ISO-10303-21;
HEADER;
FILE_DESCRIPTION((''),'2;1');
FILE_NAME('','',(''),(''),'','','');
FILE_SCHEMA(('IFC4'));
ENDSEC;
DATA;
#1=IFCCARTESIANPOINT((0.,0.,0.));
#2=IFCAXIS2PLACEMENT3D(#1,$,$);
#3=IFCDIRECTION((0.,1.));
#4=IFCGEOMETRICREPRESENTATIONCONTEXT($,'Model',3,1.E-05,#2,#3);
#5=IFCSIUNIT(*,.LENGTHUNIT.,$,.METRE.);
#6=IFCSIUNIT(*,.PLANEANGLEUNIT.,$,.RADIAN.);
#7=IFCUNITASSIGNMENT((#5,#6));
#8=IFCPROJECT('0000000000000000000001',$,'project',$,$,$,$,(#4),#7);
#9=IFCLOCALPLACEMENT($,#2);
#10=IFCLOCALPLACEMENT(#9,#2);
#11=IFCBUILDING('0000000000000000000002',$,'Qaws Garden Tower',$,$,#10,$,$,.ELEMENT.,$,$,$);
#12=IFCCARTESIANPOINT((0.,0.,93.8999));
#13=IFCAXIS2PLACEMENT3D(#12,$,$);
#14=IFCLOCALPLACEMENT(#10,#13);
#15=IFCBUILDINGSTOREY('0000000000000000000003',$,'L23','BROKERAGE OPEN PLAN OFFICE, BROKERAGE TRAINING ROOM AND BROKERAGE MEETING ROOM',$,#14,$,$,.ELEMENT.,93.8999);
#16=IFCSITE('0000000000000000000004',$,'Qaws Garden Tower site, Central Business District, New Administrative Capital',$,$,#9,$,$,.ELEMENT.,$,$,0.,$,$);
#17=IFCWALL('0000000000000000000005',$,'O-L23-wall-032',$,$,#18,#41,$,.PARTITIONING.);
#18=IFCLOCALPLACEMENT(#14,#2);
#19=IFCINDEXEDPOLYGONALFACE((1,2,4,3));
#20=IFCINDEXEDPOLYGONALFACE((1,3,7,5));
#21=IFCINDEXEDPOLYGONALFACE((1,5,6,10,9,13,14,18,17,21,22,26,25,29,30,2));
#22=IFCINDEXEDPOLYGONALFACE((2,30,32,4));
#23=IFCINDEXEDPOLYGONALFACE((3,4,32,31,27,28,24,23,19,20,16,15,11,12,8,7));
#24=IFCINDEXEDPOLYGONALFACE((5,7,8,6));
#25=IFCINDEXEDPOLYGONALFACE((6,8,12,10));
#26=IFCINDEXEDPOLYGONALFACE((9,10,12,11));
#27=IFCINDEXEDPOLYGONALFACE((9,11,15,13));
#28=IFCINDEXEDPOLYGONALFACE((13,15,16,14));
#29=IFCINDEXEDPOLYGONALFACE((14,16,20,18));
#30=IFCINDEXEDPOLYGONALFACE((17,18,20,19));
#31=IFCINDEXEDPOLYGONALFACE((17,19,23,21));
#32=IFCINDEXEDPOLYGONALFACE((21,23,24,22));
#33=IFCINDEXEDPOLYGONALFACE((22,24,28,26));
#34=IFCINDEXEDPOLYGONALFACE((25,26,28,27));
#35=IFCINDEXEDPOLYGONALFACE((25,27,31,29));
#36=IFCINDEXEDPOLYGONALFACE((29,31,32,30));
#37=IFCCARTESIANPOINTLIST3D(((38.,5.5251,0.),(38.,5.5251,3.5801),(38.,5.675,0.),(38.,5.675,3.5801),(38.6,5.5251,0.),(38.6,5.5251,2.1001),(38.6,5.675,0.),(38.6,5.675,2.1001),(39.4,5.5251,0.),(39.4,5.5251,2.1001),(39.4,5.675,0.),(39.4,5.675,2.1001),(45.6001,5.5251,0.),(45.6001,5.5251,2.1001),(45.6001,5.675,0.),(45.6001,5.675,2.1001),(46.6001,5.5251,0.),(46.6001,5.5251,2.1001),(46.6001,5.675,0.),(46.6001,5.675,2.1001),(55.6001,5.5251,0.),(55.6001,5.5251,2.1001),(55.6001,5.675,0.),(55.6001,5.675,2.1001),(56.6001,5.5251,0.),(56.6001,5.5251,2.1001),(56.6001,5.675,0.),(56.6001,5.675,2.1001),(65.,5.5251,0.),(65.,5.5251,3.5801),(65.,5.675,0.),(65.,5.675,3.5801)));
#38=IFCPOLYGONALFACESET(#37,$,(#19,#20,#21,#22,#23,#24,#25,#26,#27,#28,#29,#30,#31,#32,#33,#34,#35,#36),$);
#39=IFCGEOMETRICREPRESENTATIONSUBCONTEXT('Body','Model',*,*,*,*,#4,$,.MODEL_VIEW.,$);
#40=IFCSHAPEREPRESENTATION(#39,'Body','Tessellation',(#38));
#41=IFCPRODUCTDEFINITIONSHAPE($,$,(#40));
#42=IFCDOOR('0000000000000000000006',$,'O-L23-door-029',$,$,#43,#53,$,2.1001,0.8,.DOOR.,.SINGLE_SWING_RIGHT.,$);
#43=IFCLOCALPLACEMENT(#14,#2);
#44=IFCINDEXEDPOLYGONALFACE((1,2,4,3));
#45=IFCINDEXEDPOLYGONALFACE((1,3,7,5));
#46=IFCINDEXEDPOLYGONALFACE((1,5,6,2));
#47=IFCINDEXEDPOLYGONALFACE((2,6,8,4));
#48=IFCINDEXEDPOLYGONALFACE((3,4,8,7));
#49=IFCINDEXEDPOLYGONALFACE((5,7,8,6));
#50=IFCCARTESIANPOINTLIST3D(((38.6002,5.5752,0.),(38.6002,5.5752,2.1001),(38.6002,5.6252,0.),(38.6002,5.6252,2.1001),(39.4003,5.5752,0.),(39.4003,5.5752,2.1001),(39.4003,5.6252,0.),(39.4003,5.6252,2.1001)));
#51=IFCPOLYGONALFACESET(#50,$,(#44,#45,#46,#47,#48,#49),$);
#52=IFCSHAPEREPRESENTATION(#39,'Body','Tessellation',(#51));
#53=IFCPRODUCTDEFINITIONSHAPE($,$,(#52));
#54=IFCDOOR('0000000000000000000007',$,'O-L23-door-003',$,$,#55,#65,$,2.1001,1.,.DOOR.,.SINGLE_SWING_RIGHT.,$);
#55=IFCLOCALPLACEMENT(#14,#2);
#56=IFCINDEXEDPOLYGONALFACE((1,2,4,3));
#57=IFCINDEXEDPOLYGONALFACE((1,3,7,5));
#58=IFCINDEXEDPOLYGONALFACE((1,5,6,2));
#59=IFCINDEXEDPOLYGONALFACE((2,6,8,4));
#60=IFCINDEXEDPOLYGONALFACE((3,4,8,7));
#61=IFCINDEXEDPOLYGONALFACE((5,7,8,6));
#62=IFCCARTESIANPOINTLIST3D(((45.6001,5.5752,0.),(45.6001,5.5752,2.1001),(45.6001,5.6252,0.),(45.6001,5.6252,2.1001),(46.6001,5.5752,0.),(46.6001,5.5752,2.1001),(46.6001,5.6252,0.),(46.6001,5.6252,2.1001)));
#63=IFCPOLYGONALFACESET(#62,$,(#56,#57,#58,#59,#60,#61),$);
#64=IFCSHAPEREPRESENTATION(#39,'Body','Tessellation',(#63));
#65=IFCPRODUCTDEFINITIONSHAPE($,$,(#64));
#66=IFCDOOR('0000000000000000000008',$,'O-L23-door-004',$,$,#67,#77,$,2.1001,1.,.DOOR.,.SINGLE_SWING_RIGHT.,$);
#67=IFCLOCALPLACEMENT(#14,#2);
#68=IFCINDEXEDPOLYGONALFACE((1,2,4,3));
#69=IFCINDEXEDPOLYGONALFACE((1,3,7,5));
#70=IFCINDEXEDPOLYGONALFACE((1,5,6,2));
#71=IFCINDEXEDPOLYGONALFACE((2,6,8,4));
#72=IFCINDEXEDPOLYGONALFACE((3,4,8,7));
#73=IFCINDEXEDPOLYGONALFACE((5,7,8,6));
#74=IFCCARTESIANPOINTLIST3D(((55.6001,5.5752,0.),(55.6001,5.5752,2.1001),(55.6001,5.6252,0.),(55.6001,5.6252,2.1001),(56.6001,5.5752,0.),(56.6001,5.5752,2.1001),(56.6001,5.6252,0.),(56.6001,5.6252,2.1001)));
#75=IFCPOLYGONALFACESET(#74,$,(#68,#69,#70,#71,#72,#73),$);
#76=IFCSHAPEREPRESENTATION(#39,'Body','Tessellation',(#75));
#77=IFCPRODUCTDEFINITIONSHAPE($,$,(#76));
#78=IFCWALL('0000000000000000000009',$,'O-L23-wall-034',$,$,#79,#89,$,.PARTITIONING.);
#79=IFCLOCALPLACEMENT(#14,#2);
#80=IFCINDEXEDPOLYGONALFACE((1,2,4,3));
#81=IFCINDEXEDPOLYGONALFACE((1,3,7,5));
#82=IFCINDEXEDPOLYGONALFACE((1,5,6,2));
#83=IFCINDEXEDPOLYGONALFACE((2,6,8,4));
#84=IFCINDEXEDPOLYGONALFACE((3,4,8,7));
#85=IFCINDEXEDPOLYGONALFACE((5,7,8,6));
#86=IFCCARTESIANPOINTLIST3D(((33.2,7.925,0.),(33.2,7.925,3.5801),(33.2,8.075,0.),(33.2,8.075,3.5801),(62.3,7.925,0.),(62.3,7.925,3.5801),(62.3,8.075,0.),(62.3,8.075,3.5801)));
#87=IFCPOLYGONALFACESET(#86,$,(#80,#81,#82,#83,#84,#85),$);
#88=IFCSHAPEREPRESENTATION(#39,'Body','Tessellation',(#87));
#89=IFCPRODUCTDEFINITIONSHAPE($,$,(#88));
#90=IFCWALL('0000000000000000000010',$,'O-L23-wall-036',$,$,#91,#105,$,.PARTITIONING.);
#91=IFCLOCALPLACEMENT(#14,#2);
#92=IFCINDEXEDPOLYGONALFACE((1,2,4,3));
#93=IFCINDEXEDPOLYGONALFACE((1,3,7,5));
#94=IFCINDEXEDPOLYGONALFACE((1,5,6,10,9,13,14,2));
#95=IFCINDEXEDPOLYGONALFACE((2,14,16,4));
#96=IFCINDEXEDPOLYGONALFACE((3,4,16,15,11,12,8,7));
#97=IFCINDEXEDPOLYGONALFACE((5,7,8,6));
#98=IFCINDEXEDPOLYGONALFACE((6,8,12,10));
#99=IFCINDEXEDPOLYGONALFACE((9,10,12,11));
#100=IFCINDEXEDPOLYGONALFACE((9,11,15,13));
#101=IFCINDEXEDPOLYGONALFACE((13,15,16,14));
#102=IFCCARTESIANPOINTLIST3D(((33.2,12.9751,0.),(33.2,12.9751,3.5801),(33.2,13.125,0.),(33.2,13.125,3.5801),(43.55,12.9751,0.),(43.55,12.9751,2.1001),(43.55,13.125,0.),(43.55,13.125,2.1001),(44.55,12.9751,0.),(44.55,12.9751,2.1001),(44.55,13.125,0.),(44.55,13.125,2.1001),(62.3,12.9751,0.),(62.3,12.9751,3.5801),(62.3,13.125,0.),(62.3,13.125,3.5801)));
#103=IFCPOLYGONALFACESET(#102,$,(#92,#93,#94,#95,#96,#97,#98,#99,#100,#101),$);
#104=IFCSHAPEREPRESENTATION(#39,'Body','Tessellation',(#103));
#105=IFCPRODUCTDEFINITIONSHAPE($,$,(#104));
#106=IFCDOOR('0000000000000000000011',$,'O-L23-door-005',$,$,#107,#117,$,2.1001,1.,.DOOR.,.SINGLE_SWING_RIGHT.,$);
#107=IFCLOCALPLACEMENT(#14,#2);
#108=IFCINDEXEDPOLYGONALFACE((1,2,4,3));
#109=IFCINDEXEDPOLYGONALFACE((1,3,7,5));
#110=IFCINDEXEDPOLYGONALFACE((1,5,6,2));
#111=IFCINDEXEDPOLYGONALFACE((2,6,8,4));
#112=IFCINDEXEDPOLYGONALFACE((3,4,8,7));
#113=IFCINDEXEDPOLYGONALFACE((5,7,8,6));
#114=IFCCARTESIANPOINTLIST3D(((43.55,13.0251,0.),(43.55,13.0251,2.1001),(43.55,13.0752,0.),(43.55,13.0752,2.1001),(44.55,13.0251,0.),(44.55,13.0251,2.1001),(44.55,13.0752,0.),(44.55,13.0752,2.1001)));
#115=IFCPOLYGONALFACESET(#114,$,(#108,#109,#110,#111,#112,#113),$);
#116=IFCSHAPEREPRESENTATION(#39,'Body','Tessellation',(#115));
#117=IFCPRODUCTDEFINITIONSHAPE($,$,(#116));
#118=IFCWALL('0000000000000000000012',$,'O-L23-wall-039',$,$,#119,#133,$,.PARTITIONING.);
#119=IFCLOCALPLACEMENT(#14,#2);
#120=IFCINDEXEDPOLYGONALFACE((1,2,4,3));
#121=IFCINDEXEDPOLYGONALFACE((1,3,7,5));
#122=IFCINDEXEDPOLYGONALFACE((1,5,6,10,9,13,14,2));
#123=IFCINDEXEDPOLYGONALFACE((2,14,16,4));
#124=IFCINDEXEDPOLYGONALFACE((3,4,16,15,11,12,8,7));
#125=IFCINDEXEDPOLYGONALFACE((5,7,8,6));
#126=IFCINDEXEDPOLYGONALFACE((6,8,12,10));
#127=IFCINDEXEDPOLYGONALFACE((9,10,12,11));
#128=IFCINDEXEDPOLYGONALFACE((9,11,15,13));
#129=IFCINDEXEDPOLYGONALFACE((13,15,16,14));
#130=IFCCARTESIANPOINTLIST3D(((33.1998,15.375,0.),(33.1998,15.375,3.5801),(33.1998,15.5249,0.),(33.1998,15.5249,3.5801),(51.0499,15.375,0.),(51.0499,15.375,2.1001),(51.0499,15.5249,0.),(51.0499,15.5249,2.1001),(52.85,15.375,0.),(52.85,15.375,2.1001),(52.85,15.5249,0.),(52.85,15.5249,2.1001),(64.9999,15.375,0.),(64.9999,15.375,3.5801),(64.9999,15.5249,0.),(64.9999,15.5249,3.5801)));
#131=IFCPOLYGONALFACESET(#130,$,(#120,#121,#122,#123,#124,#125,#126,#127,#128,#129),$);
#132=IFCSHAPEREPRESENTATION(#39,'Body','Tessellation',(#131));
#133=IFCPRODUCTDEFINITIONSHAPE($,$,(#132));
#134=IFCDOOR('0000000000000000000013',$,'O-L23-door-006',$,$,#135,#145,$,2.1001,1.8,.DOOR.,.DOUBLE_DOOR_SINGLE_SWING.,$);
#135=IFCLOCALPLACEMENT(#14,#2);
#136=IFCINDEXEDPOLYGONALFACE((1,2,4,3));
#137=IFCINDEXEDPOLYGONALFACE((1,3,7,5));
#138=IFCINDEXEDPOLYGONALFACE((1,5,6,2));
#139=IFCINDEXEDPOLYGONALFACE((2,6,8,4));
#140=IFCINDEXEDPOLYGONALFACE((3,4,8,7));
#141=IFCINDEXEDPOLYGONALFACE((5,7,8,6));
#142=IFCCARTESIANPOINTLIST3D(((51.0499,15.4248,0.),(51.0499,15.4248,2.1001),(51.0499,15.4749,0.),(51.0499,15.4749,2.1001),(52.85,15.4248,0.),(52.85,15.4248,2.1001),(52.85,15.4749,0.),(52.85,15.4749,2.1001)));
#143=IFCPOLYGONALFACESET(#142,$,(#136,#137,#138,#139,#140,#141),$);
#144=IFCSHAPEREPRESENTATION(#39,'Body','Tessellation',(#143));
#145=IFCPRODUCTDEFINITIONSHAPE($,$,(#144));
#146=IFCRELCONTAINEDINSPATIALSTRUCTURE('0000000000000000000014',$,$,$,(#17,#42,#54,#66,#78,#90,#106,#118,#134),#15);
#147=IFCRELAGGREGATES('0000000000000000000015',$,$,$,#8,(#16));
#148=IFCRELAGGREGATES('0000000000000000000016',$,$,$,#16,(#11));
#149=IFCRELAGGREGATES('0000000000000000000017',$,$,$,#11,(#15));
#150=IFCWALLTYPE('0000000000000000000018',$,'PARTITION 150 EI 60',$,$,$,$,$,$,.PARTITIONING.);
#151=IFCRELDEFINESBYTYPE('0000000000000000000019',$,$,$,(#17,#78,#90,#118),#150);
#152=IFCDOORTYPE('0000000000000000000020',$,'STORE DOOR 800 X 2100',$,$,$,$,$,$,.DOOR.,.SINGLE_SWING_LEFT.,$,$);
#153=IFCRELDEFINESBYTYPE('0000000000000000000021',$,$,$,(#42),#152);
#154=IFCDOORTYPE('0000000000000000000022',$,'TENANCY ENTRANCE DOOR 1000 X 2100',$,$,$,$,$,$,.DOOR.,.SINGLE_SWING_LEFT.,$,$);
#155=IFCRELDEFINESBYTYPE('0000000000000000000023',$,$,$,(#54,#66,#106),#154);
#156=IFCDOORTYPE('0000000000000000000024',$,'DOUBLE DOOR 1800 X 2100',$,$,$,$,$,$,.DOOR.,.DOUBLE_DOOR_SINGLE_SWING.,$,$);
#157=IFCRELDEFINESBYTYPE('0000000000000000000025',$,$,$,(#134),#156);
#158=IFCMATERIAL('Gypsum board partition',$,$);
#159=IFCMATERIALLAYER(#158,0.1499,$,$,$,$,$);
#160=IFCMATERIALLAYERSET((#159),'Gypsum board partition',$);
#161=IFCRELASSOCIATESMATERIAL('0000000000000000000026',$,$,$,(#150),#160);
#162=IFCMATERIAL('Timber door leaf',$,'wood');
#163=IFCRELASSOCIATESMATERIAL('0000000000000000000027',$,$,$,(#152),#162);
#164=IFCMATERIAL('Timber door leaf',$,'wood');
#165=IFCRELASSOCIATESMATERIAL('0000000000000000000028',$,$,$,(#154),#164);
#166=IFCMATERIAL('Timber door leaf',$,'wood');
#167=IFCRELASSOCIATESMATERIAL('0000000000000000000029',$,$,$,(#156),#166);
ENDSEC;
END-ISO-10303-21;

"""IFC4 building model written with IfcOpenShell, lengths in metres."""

from ifc_helpers import new_model, si_unit, direction, frame, frame_2d, origin, place, context, subcontext, project, spatial, rectangle, extrude, material, layer, layer_set, type_object, element, fill, save


model = new_model("IFC4")

# Units and contexts
model_context = context("Model", 3, precision=1e-05, world=origin(), true_north=direction((0.0, 1.0)))
body_context = subcontext(model_context, "Body", "Model", "MODEL_VIEW")
ifc_project = project(units=[si_unit("LENGTHUNIT", "METRE"), si_unit("PLANEANGLEUNIT", "RADIAN")], contexts=[model_context])

# Site, building, storey
site_placement = place(None, origin())
site = spatial("IfcSite", under=ifc_project, at=site_placement, Name="Qaws Garden Tower site, Central Business District, New Administrative Capital", CompositionType="ELEMENT", RefElevation=0.0)
building_placement = place(site_placement, origin())
building = spatial("IfcBuilding", under=site, at=building_placement, Name="Qaws Garden Tower", CompositionType="ELEMENT")
storey_placement = place(building_placement, frame((0.0, 0.0, 93.8999)))
storey = spatial("IfcBuildingStorey", under=building, at=storey_placement, Name="L23", Description="BROKERAGE OPEN PLAN OFFICE, BROKERAGE TRAINING ROOM AND BROKERAGE MEETING ROOM", CompositionType="ELEMENT", Elevation=93.8999)

# Shared definitions
ifc_material_1 = material(Name="Gypsum board partition")
ifc_layer_1 = layer(ifc_material_1, 0.1499)
ifc_layer_set_1 = layer_set([ifc_layer_1], Name="Gypsum board partition")
wall_type_1 = type_object("IfcWallType", Name="PARTITION 150 EI 60", PredefinedType="PARTITIONING", material=ifc_layer_set_1)

# Wall, openings, doors
wall_1_placement = place(storey_placement, frame((38.0, 5.6001, 0.0), z_axis=(0.0, 0.0, 1.0), x_axis=(1.0, 0.0, 0.0)))
wall_1 = element("IfcWall", 1, at=wall_1_placement, inside=storey, type_object=wall_type_1, Name="O-L23-wall-032", PredefinedType="PARTITIONING", context=body_context, shape_type="SweptSolid", body=[
    extrude(rectangle(XDim=27.0, YDim=0.1499, at=frame_2d((13.5, 0.0))), origin(), (0.0, 0.0, 1.0), 3.5801),
])
opening_1_placement = place(wall_1_placement, frame((7.6001, 0.0, 0.0)))
opening_1 = element("IfcOpeningElement", 2, at=opening_1_placement, cuts=wall_1, PredefinedType="OPENING", context=body_context, shape_type="SweptSolid", body=[
    extrude(rectangle(XDim=1.0, YDim=2.1001, at=frame_2d((0.5, 1.05))), frame((0.0, 0.085, 0.0), z_axis=(0.0, -1.0, 0.0), x_axis=(1.0, 0.0, 0.0)), (0.0, 0.0, 1.0), 0.1699),
])
opening_2_placement = place(wall_1_placement, frame((17.6001, 0.0, 0.0)))
opening_2 = element("IfcOpeningElement", 3, at=opening_2_placement, cuts=wall_1, PredefinedType="OPENING", context=body_context, shape_type="SweptSolid", body=[
    extrude(rectangle(XDim=1.0, YDim=2.1001, at=frame_2d((0.5, 1.05))), frame((0.0, 0.085, 0.0), z_axis=(0.0, -1.0, 0.0), x_axis=(1.0, 0.0, 0.0)), (0.0, 0.0, 1.0), 0.1699),
])
opening_3_placement = place(wall_1_placement, frame((0.6001, 0.0, 0.0)))
opening_3 = element("IfcOpeningElement", 4, at=opening_3_placement, cuts=wall_1, PredefinedType="OPENING", context=body_context, shape_type="SweptSolid", body=[
    extrude(rectangle(XDim=0.8, YDim=2.1001, at=frame_2d((0.3999, 1.05))), frame((0.0, 0.085, 0.0), z_axis=(0.0, -1.0, 0.0), x_axis=(1.0, 0.0, 0.0)), (0.0, 0.0, 1.0), 0.1699),
])
ifc_material_2 = material(Name="Timber door leaf", Category="wood")
door_type_1 = type_object("IfcDoorType", Name="STORE DOOR 800 X 2100", OperationType="SINGLE_SWING_LEFT", PredefinedType="DOOR", material=ifc_material_2)
door_1_placement = place(opening_3_placement, frame((0.8, 0.0, 0.0), z_axis=(0.0, 0.0, 1.0), x_axis=(-1.0, 0.0, 0.0)))
door_1 = element("IfcDoor", 5, at=door_1_placement, inside=storey, type_object=door_type_1, Name="O-L23-door-029", OperationType="SINGLE_SWING_RIGHT", OverallHeight=2.1001, OverallWidth=0.8, PredefinedType="DOOR", context=body_context, shape_type="SweptSolid", body=[
    extrude(rectangle(XDim=0.8, YDim=2.1001, at=frame_2d((0.3999, 1.05))), frame((0.0, 0.0249, 0.0), z_axis=(0.0, -1.0, 0.0), x_axis=(1.0, 0.0, 0.0)), (0.0, 0.0, 1.0), 0.05),
])
fill(opening_3, door_1)
ifc_material_3 = material(Name="Timber door leaf", Category="wood")
door_type_2 = type_object("IfcDoorType", Name="TENANCY ENTRANCE DOOR 1000 X 2100", OperationType="SINGLE_SWING_LEFT", PredefinedType="DOOR", material=ifc_material_3)
door_2_placement = place(opening_1_placement, frame((1.0, 0.0, 0.0), z_axis=(0.0, 0.0, 1.0), x_axis=(-1.0, 0.0, 0.0)))
door_2 = element("IfcDoor", 6, at=door_2_placement, inside=storey, type_object=door_type_2, Name="O-L23-door-003", OperationType="SINGLE_SWING_RIGHT", OverallHeight=2.1001, OverallWidth=1.0, PredefinedType="DOOR", context=body_context, shape_type="SweptSolid", body=[
    extrude(rectangle(XDim=1.0, YDim=2.1001, at=frame_2d((0.5, 1.05))), frame((0.0, 0.0249, 0.0), z_axis=(0.0, -1.0, 0.0), x_axis=(1.0, 0.0, 0.0)), (0.0, 0.0, 1.0), 0.05),
])
fill(opening_1, door_2)
door_3_placement = place(opening_2_placement, frame((1.0, 0.0, 0.0), z_axis=(0.0, 0.0, 1.0), x_axis=(-1.0, 0.0, 0.0)))
door_3 = element("IfcDoor", 7, at=door_3_placement, inside=storey, type_object=door_type_2, Name="O-L23-door-004", OperationType="SINGLE_SWING_RIGHT", OverallHeight=2.1001, OverallWidth=1.0, PredefinedType="DOOR", context=body_context, shape_type="SweptSolid", body=[
    extrude(rectangle(XDim=1.0, YDim=2.1001, at=frame_2d((0.5, 1.05))), frame((0.0, 0.0249, 0.0), z_axis=(0.0, -1.0, 0.0), x_axis=(1.0, 0.0, 0.0)), (0.0, 0.0, 1.0), 0.05),
])
fill(opening_2, door_3)

# Wall
wall_2_placement = place(storey_placement, frame((33.2, 8.0, 0.0), z_axis=(0.0, 0.0, 1.0), x_axis=(1.0, 0.0, 0.0)))
element("IfcWall", 8, at=wall_2_placement, inside=storey, type_object=wall_type_1, Name="O-L23-wall-034", PredefinedType="PARTITIONING", context=body_context, shape_type="SweptSolid", body=[
    extrude(rectangle(XDim=29.1001, YDim=0.1499, at=frame_2d((14.55, 0.0))), origin(), (0.0, 0.0, 1.0), 3.5801),
])

# Walls, openings, doors
wall_3_placement = place(storey_placement, frame((33.2, 13.05, 0.0), z_axis=(0.0, 0.0, 1.0), x_axis=(1.0, 0.0, 0.0)))
wall_3 = element("IfcWall", 9, at=wall_3_placement, inside=storey, type_object=wall_type_1, Name="O-L23-wall-036", PredefinedType="PARTITIONING", context=body_context, shape_type="SweptSolid", body=[
    extrude(rectangle(XDim=29.1001, YDim=0.1499, at=frame_2d((14.55, 0.0))), origin(), (0.0, 0.0, 1.0), 3.5801),
])
opening_4_placement = place(wall_3_placement, frame((10.3501, 0.0, 0.0)))
opening_4 = element("IfcOpeningElement", 10, at=opening_4_placement, cuts=wall_3, PredefinedType="OPENING", context=body_context, shape_type="SweptSolid", body=[
    extrude(rectangle(XDim=1.0, YDim=2.1001, at=frame_2d((0.5, 1.05))), frame((0.0, 0.085, 0.0), z_axis=(0.0, -1.0, 0.0), x_axis=(1.0, 0.0, 0.0)), (0.0, 0.0, 1.0), 0.1699),
])
door_4_placement = place(opening_4_placement, frame((1.0, 0.0, 0.0), z_axis=(0.0, 0.0, 1.0), x_axis=(-1.0, 0.0, 0.0)))
door_4 = element("IfcDoor", 11, at=door_4_placement, inside=storey, type_object=door_type_2, Name="O-L23-door-005", OperationType="SINGLE_SWING_RIGHT", OverallHeight=2.1001, OverallWidth=1.0, PredefinedType="DOOR", context=body_context, shape_type="SweptSolid", body=[
    extrude(rectangle(XDim=1.0, YDim=2.1001, at=frame_2d((0.5, 1.05))), frame((0.0, 0.0249, 0.0), z_axis=(0.0, -1.0, 0.0), x_axis=(1.0, 0.0, 0.0)), (0.0, 0.0, 1.0), 0.05),
])
fill(opening_4, door_4)
wall_4_placement = place(storey_placement, frame((33.2, 15.45, 0.0), z_axis=(0.0, 0.0, 1.0), x_axis=(1.0, 0.0, 0.0)))
wall_4 = element("IfcWall", 12, at=wall_4_placement, inside=storey, type_object=wall_type_1, Name="O-L23-wall-039", PredefinedType="PARTITIONING", context=body_context, shape_type="SweptSolid", body=[
    extrude(rectangle(XDim=31.8, YDim=0.1499, at=frame_2d((15.8999, 0.0))), origin(), (0.0, 0.0, 1.0), 3.5801),
])
opening_5_placement = place(wall_4_placement, frame((17.8501, 0.0, 0.0)))
opening_5 = element("IfcOpeningElement", 13, at=opening_5_placement, cuts=wall_4, PredefinedType="OPENING", context=body_context, shape_type="SweptSolid", body=[
    extrude(rectangle(XDim=1.8, YDim=2.1001, at=frame_2d((0.8999, 1.05))), frame((0.0, 0.085, 0.0), z_axis=(0.0, -1.0, 0.0), x_axis=(1.0, 0.0, 0.0)), (0.0, 0.0, 1.0), 0.1699),
])
ifc_material_4 = material(Name="Timber door leaf", Category="wood")
door_type_3 = type_object("IfcDoorType", Name="DOUBLE DOOR 1800 X 2100", OperationType="DOUBLE_DOOR_SINGLE_SWING", PredefinedType="DOOR", material=ifc_material_4)
door_5_placement = place(opening_5_placement, origin())
door_5 = element("IfcDoor", 14, at=door_5_placement, inside=storey, type_object=door_type_3, Name="O-L23-door-006", OperationType="DOUBLE_DOOR_SINGLE_SWING", OverallHeight=2.1001, OverallWidth=1.8, PredefinedType="DOOR", context=body_context, shape_type="SweptSolid", body=[
    extrude(rectangle(XDim=1.8, YDim=2.1001, at=frame_2d((0.8999, 1.05))), frame((0.0, 0.0249, 0.0), z_axis=(0.0, -1.0, 0.0), x_axis=(1.0, 0.0, 0.0)), (0.0, 0.0, 1.0), 0.05),
])
fill(opening_5, door_5)

save(model, "model.ifc")
